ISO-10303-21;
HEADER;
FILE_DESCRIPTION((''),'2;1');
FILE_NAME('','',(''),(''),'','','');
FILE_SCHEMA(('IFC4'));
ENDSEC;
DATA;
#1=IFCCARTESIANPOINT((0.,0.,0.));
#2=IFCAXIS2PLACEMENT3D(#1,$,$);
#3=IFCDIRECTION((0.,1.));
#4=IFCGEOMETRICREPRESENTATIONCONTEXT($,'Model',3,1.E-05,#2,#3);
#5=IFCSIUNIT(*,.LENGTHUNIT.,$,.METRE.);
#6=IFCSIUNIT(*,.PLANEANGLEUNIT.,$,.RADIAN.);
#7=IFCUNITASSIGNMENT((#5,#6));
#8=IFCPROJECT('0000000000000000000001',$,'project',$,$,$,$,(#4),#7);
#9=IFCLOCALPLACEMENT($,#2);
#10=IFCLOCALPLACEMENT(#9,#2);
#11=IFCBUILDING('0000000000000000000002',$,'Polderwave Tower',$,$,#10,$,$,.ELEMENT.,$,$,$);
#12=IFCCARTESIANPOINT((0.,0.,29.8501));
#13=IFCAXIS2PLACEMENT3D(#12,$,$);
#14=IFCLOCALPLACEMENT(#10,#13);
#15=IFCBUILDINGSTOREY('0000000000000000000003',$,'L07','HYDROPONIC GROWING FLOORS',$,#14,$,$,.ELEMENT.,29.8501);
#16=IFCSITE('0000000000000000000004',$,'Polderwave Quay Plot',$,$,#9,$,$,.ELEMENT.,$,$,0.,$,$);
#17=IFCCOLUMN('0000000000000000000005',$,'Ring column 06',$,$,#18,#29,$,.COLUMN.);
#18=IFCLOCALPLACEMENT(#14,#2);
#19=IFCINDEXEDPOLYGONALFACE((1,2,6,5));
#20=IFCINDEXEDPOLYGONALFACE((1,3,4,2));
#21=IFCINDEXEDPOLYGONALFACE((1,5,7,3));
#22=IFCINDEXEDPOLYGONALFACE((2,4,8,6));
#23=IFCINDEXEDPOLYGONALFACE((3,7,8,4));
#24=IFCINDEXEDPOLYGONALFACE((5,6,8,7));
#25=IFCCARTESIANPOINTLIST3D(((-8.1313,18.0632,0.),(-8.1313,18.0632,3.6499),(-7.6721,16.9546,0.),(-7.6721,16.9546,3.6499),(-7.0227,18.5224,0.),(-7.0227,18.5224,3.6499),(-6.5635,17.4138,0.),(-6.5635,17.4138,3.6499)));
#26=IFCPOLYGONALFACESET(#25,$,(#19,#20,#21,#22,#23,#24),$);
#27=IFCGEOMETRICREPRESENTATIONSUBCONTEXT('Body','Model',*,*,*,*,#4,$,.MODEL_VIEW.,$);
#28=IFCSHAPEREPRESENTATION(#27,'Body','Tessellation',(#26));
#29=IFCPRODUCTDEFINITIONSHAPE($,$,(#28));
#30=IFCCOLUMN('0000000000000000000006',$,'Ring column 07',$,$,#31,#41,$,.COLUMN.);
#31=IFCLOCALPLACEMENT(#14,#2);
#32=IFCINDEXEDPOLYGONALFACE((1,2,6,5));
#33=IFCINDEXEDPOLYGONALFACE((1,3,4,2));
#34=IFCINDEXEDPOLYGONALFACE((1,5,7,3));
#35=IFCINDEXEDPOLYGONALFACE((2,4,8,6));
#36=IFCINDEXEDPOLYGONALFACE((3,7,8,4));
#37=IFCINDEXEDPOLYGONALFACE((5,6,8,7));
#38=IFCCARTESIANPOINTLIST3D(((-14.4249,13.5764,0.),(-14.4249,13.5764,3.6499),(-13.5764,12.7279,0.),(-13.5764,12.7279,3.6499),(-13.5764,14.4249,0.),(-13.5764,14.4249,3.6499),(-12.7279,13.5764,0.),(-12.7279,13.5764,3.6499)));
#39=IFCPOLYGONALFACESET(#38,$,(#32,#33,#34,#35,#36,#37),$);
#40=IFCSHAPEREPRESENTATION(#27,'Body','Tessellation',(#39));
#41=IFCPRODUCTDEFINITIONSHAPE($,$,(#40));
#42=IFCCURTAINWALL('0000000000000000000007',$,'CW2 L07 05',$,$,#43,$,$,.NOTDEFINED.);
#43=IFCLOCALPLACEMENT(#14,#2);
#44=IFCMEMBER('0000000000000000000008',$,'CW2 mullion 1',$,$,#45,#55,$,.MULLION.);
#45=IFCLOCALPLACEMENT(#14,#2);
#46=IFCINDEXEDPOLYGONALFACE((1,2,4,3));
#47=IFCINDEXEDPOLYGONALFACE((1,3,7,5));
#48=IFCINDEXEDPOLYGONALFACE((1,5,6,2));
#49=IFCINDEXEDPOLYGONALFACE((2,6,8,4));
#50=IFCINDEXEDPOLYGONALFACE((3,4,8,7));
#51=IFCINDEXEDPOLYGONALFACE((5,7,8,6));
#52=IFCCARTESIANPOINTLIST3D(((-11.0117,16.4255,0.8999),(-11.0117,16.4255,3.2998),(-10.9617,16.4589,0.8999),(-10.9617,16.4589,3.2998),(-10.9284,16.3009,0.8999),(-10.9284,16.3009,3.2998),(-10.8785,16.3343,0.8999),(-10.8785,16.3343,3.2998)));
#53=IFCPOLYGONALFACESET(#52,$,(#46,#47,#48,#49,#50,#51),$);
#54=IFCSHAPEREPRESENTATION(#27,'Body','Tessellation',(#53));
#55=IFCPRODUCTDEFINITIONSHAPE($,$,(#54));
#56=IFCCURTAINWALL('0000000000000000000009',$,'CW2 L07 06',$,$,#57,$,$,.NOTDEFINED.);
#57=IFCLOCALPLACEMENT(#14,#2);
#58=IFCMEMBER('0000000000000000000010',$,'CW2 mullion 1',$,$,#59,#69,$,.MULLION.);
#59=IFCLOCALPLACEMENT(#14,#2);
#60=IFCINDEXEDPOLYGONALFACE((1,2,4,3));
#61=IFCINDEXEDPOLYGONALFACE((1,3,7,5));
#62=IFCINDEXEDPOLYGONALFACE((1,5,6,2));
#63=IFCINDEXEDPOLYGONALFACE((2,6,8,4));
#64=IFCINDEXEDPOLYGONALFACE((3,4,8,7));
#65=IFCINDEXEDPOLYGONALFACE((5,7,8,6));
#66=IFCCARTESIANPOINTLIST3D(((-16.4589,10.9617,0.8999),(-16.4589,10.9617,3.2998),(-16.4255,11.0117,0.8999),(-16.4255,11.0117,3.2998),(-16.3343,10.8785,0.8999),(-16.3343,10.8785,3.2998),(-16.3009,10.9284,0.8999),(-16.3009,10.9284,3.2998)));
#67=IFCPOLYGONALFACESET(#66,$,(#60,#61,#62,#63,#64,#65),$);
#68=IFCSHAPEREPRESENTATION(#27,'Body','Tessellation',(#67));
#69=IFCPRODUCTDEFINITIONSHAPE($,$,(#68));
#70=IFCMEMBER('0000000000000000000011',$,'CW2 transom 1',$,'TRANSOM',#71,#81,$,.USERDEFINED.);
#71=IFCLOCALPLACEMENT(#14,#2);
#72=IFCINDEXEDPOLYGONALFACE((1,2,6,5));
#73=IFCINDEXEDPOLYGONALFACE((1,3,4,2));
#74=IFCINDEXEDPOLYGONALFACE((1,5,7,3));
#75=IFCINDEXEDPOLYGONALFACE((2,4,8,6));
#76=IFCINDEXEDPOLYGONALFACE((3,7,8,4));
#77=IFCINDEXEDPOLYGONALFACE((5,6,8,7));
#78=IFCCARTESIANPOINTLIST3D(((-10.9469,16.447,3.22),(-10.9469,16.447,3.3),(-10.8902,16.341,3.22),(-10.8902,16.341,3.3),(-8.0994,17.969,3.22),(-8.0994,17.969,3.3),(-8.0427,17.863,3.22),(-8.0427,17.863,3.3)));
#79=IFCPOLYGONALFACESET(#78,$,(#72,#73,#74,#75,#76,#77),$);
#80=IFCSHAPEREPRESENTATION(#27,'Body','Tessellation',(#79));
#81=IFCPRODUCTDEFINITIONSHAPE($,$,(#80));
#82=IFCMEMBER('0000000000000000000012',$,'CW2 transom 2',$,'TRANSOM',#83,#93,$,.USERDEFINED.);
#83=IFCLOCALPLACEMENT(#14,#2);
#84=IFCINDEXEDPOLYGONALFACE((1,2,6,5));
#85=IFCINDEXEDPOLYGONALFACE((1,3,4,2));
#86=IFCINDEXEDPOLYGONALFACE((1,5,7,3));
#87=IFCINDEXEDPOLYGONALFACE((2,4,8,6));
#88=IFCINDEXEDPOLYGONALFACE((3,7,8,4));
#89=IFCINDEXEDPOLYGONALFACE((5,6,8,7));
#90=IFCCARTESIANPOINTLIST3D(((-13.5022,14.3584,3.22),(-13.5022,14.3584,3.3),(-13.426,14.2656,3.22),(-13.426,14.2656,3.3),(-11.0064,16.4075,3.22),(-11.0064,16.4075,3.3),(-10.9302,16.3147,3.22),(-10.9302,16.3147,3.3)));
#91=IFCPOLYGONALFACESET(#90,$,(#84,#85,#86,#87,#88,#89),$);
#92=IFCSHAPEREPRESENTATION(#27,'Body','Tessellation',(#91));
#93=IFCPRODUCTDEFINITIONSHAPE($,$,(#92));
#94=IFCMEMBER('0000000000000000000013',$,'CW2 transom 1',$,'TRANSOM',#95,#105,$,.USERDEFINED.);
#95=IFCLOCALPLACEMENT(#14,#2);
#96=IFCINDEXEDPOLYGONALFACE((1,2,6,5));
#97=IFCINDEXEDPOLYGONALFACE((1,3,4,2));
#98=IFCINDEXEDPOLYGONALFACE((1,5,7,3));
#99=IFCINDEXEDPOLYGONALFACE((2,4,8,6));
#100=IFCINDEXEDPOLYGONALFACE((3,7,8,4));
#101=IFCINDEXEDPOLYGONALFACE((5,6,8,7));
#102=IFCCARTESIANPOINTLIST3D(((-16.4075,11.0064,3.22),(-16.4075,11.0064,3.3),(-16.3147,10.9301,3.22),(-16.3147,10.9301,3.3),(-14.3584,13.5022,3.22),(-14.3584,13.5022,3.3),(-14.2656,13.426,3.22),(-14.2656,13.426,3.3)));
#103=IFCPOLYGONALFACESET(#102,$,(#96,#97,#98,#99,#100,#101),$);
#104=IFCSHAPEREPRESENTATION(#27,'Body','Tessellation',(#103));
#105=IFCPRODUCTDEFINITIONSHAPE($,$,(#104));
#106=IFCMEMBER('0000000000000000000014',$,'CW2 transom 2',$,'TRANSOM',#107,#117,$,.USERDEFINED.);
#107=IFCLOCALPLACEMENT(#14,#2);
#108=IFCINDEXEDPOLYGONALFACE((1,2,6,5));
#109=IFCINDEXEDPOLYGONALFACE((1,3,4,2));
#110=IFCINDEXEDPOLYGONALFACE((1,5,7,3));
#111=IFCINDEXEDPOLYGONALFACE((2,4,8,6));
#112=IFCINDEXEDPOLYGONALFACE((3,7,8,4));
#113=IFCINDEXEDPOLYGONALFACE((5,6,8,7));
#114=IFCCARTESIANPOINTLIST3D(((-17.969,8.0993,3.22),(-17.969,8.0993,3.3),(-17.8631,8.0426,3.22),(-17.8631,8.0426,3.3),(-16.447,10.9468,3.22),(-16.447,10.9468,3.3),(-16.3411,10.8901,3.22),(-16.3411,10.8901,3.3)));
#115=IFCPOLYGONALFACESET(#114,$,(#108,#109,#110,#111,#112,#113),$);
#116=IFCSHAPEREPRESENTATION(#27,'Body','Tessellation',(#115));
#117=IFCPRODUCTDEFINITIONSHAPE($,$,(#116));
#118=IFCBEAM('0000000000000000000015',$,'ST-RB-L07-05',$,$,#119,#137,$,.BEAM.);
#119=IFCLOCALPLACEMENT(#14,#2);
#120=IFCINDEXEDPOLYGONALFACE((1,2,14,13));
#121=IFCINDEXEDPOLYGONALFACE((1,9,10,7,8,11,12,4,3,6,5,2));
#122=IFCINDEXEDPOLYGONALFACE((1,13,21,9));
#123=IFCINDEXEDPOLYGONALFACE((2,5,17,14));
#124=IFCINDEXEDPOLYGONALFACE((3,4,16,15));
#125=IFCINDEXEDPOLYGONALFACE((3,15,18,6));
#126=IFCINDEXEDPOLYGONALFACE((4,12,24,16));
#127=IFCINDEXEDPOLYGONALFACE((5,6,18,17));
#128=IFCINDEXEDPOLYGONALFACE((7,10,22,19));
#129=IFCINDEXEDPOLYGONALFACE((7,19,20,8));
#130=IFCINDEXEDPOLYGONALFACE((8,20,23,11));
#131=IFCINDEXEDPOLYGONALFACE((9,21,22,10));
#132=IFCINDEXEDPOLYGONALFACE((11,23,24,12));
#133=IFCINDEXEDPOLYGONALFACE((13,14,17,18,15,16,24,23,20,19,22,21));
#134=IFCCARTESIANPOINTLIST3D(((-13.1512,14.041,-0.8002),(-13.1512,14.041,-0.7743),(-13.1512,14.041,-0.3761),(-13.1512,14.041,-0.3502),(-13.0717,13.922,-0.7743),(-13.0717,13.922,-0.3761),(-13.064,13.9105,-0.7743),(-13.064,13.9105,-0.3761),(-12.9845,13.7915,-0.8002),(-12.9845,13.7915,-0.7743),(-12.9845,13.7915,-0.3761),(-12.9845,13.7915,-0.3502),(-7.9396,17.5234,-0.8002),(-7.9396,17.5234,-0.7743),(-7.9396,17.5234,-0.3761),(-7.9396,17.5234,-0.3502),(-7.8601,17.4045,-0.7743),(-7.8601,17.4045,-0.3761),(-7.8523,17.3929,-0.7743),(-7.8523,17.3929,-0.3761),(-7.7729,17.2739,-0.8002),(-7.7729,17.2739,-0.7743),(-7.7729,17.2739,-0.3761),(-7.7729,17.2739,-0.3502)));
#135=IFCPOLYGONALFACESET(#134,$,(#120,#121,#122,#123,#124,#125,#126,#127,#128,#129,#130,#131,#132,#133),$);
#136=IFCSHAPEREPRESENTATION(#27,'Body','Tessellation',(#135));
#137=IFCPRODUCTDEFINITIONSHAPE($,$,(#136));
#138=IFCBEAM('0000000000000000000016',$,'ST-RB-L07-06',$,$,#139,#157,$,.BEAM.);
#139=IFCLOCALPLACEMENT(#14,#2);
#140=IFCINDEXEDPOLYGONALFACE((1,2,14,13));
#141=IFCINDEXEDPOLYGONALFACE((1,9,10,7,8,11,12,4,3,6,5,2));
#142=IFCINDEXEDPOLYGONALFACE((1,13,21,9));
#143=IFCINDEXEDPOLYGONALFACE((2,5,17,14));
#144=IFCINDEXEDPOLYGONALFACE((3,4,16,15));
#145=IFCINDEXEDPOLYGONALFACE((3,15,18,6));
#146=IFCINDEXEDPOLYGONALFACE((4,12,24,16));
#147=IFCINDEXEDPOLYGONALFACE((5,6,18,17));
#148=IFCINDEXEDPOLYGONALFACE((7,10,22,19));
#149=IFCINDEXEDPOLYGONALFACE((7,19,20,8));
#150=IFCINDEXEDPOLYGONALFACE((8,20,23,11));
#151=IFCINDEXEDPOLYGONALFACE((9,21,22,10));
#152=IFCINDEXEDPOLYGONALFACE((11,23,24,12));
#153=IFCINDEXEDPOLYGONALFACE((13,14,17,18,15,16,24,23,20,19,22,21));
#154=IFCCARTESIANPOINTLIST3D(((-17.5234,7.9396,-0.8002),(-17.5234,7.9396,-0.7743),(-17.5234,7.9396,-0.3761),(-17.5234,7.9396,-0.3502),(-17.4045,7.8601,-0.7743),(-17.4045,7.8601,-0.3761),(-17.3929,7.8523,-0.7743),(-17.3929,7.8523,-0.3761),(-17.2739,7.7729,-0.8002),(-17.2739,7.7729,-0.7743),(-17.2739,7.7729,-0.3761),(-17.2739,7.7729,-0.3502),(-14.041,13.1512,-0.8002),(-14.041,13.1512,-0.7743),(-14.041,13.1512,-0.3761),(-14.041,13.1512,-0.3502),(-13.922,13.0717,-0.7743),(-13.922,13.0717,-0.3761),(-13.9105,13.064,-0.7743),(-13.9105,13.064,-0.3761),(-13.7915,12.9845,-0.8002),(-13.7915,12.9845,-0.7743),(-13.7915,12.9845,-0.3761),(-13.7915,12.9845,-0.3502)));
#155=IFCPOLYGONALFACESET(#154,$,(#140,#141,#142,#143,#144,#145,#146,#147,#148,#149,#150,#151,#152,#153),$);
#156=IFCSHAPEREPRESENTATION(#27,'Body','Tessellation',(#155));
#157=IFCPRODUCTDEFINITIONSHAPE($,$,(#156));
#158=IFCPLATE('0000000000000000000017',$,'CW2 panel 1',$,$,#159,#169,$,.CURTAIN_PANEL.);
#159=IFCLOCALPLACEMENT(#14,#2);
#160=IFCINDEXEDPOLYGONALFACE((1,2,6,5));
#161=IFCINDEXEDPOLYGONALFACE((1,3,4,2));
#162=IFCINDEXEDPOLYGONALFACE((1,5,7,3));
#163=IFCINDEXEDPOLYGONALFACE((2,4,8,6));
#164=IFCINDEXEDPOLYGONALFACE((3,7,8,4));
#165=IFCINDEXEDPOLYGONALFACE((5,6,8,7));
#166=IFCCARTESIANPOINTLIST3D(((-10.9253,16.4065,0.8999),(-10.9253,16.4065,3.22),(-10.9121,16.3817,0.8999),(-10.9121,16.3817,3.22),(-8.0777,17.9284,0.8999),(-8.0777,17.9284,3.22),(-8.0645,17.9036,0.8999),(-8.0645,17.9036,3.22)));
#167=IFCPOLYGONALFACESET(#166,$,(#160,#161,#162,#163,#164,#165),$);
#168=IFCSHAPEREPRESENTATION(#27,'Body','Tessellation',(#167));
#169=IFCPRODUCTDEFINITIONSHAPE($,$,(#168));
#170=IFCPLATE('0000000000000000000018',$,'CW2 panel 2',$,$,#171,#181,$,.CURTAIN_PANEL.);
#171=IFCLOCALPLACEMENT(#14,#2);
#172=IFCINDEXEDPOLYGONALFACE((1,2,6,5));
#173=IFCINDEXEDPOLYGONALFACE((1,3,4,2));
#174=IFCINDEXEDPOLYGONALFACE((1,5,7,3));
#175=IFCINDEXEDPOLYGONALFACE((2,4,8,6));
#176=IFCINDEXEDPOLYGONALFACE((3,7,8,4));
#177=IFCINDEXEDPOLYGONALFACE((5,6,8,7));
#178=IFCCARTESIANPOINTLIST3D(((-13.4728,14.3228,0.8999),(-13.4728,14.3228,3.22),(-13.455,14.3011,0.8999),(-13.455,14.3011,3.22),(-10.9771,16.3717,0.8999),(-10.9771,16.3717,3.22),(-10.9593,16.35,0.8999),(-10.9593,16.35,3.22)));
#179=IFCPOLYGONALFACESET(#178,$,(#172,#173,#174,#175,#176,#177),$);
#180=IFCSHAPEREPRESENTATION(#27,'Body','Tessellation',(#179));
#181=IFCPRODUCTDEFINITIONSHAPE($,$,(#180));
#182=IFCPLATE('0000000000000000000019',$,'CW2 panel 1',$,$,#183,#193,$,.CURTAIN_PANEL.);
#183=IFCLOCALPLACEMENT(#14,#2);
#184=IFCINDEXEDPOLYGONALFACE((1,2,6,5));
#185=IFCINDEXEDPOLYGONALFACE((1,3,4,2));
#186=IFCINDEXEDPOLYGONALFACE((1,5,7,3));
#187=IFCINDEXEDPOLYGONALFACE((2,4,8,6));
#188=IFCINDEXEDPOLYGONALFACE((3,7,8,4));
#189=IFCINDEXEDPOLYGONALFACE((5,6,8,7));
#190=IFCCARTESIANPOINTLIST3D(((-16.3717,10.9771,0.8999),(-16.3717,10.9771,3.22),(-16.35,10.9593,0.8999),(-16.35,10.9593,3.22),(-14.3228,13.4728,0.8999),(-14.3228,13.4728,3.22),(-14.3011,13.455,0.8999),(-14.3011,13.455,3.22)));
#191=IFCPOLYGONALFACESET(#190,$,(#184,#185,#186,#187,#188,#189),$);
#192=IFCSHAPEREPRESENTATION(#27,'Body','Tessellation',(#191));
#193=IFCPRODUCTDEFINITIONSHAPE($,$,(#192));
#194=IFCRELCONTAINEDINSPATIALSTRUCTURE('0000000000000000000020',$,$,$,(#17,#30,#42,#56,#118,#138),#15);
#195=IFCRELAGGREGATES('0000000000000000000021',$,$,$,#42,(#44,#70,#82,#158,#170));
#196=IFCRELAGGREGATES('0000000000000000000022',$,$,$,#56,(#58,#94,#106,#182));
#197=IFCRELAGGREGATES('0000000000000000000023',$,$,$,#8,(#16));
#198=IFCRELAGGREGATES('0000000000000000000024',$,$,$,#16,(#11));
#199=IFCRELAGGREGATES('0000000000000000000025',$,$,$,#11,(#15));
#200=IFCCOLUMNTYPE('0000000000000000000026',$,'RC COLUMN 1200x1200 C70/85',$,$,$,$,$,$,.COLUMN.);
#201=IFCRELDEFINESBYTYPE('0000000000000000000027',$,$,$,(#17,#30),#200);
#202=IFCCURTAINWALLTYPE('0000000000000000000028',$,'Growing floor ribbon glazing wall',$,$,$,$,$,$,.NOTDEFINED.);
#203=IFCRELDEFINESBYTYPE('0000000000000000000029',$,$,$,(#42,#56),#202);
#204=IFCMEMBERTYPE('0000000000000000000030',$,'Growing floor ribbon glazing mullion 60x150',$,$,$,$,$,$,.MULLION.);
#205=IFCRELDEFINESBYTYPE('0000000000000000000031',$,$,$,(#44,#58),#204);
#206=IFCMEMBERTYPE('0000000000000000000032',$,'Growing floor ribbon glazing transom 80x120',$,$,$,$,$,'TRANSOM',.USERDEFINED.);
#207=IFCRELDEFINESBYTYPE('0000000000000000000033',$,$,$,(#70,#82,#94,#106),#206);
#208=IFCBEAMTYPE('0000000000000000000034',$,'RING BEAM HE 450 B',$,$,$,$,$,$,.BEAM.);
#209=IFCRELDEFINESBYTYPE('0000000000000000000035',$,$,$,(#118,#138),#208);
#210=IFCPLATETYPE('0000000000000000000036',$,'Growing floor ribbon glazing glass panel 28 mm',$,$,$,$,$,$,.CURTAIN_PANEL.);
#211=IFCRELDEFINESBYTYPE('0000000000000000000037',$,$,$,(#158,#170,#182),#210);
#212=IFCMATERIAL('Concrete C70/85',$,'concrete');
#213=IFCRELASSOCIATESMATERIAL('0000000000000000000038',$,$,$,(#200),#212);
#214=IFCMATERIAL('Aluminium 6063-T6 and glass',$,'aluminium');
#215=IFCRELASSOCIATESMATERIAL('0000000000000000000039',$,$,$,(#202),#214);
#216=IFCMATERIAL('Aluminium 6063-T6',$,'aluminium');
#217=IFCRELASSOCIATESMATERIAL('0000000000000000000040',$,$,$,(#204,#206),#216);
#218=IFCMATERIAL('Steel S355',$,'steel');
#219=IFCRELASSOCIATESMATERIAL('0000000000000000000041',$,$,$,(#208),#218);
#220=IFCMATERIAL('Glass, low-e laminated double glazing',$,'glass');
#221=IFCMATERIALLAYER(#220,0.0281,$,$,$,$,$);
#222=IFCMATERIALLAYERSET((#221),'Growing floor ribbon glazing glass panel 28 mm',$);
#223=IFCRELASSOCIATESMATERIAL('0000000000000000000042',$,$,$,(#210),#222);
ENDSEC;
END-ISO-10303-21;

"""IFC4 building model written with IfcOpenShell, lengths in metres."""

from ifc_helpers import new_model, si_unit, direction, frame, origin, origin_2d, place, context, subcontext, project, spatial, rectangle, i_section, extrude, material, layer, layer_set, material_profile, profile_set, type_object, element, aggregate, save


model = new_model("IFC4")

# Units and contexts
model_context = context("Model", 3, precision=1e-05, world=origin(), true_north=direction((0.0, 1.0)))
body_context = subcontext(model_context, "Body", "Model", "MODEL_VIEW")
ifc_project = project(units=[si_unit("LENGTHUNIT", "METRE"), si_unit("PLANEANGLEUNIT", "RADIAN")], contexts=[model_context])

# Site, building, storey
site_placement = place(None, origin())
site = spatial("IfcSite", under=ifc_project, at=site_placement, Name="Polderwave Quay Plot", CompositionType="ELEMENT", RefElevation=0.0)
building_placement = place(site_placement, origin())
building = spatial("IfcBuilding", under=site, at=building_placement, Name="Polderwave Tower", CompositionType="ELEMENT")
storey_placement = place(building_placement, frame((0.0, 0.0, 29.8501)))
storey = spatial("IfcBuildingStorey", under=building, at=storey_placement, Name="L07", Description="HYDROPONIC GROWING FLOORS", CompositionType="ELEMENT", Elevation=29.8501)

# Columns
ifc_material_1 = material(Name="Concrete C70/85", Category="concrete")
ifc_material_profile_1 = material_profile(ifc_material_1, rectangle(XDim=1.2, YDim=1.2, at=origin_2d()), Name="RC 1200x1200")
ifc_profile_set_1 = profile_set([ifc_material_profile_1], Name="Concrete C70/85")
column_type = type_object("IfcColumnType", Name="RC COLUMN 1200x1200 C70/85", PredefinedType="COLUMN", material=ifc_profile_set_1)
for number, where, z_axis, x_axis, name in (
    (1, (-7.3474, 17.7385, 0.0), (0.0, 0.0, 1.0), (-0.382683, 0.92388, 0.0), "Ring column 06"),
    (2, (-13.5764, 13.5764, 0.0), (0.0, 0.0, 1.0), (-0.707107, 0.707107, 0.0), "Ring column 07"),
):
    element("IfcColumn", number, at=place(storey_placement, frame(where, z_axis=z_axis, x_axis=x_axis)), inside=storey, type_object=column_type, Name=name, PredefinedType="COLUMN", context=body_context, shape_type="SweptSolid", body=[
        extrude(rectangle(XDim=1.2, YDim=1.2, at=origin_2d()), origin(), (0.0, 0.0, 1.0), 3.6499),
    ])

# Curtain walls, members
ifc_material_2 = material(Name="Aluminium 6063-T6 and glass", Category="aluminium")
curtain_wall_type = type_object("IfcCurtainWallType", Name="Growing floor ribbon glazing wall", PredefinedType="NOTDEFINED", material=ifc_material_2)
curtain_wall_1_placement = place(storey_placement, origin())
curtain_wall_1 = element("IfcCurtainWall", 3, at=curtain_wall_1_placement, inside=storey, type_object=curtain_wall_type, Name="CW2 L07 05", PredefinedType="NOTDEFINED")
ifc_material_3 = material(Name="Aluminium 6063-T6", Category="aluminium")
ifc_material_profile_2 = material_profile(ifc_material_3, rectangle(XDim=0.1499, YDim=0.0601, at=origin_2d()), Name="AL 60x150")
ifc_profile_set_2 = profile_set([ifc_material_profile_2], Name="Aluminium 6063-T6")
member_type_1 = type_object("IfcMemberType", Name="Growing floor ribbon glazing mullion 60x150", PredefinedType="MULLION", material=ifc_profile_set_2)
member_1_placement = place(storey_placement, frame((-10.9451, 16.3799, 0.8999), z_axis=(0.0, 0.0, 1.0), x_axis=(0.55562, -0.831437, 0.0)))
member_1 = element("IfcMember", 4, at=member_1_placement, type_object=member_type_1, Name="CW2 mullion 1", PredefinedType="MULLION", context=body_context, shape_type="SweptSolid", body=[
    extrude(rectangle(XDim=0.1499, YDim=0.0601, at=origin_2d()), origin(), (0.0, 0.0, 1.0), 2.3999),
])
curtain_wall_2_placement = place(storey_placement, origin())
curtain_wall_2 = element("IfcCurtainWall", 5, at=curtain_wall_2_placement, inside=storey, type_object=curtain_wall_type, Name="CW2 L07 06", PredefinedType="NOTDEFINED")
member_2_placement = place(storey_placement, frame((-16.3799, 10.9451, 0.8999), z_axis=(0.0, 0.0, 1.0), x_axis=(0.831437, -0.55562, 0.0)))
member_2 = element("IfcMember", 6, at=member_2_placement, type_object=member_type_1, Name="CW2 mullion 1", PredefinedType="MULLION", context=body_context, shape_type="SweptSolid", body=[
    extrude(rectangle(XDim=0.1499, YDim=0.0601, at=origin_2d()), origin(), (0.0, 0.0, 1.0), 2.3999),
])

# Members
ifc_material_profile_3 = material_profile(ifc_material_3, rectangle(XDim=0.1201, YDim=0.0801, at=origin_2d()), Name="AL 80x120")
ifc_profile_set_3 = profile_set([ifc_material_profile_3], Name="Aluminium 6063-T6")
member_type_2 = type_object("IfcMemberType", Name="Growing floor ribbon glazing transom 80x120", ElementType="TRANSOM", PredefinedType="USERDEFINED", material=ifc_profile_set_3)
member_3_placement = place(storey_placement, frame((-8.071, 17.916, 3.26), z_axis=(-0.881921, -0.471397, 0.0), x_axis=(0.471397, -0.881921, 0.0)))
member_3 = element("IfcMember", 7, at=member_3_placement, type_object=member_type_2, Name="CW2 transom 1", ObjectType="TRANSOM", PredefinedType="USERDEFINED", context=body_context, shape_type="SweptSolid", body=[
    extrude(rectangle(XDim=0.1201, YDim=0.0801, at=origin_2d()), origin(), (0.0, 0.0, 1.0), 3.2288),
])
member_4_placement = place(storey_placement, frame((-10.9683, 16.3611, 3.26), z_axis=(-0.772892, -0.634538, 0.0), x_axis=(0.634538, -0.772892, 0.0)))
member_4 = element("IfcMember", 8, at=member_4_placement, type_object=member_type_2, Name="CW2 transom 2", ObjectType="TRANSOM", PredefinedType="USERDEFINED", context=body_context, shape_type="SweptSolid", body=[
    extrude(rectangle(XDim=0.1201, YDim=0.0801, at=origin_2d()), origin(), (0.0, 0.0, 1.0), 3.2292),
])
member_5_placement = place(storey_placement, frame((-14.312, 13.4641, 3.26), z_axis=(-0.634538, -0.772892, 0.0), x_axis=(0.772892, -0.634538, 0.0)))
member_5 = element("IfcMember", 9, at=member_5_placement, type_object=member_type_2, Name="CW2 transom 1", ObjectType="TRANSOM", PredefinedType="USERDEFINED", context=body_context, shape_type="SweptSolid", body=[
    extrude(rectangle(XDim=0.1201, YDim=0.0801, at=origin_2d()), origin(), (0.0, 0.0, 1.0), 3.2292),
])
member_6_placement = place(storey_placement, frame((-16.394, 10.9185, 3.26), z_axis=(-0.471397, -0.881921, 0.0), x_axis=(0.881921, -0.471397, 0.0)))
member_6 = element("IfcMember", 10, at=member_6_placement, type_object=member_type_2, Name="CW2 transom 2", ObjectType="TRANSOM", PredefinedType="USERDEFINED", context=body_context, shape_type="SweptSolid", body=[
    extrude(rectangle(XDim=0.1201, YDim=0.0801, at=origin_2d()), origin(), (0.0, 0.0, 1.0), 3.2288),
])

# Beams
ifc_material_4 = material(Name="Steel S355", Category="steel")
ifc_material_profile_4 = material_profile(ifc_material_4, i_section(OverallWidth=0.3, OverallDepth=0.45, WebThickness=0.0139, FlangeThickness=0.0259, at=origin_2d()), Name="HE 450 B")
ifc_profile_set_4 = profile_set([ifc_material_profile_4], Name="Steel S355")
beam_type = type_object("IfcBeamType", Name="RING BEAM HE 450 B", PredefinedType="BEAM", material=ifc_profile_set_4)
for number, where, z_axis, x_axis, name in (
    (11, (-7.8562, 17.3987, -0.5752), (-0.831463, -0.555581, 0.0), (0.555581, -0.831463, 0.0), "ST-RB-L07-05"),
    (12, (-13.9163, 13.0679, -0.5752), (-0.555581, -0.831463, 0.0), (0.831463, -0.555581, 0.0), "ST-RB-L07-06"),
):
    element("IfcBeam", number, at=place(storey_placement, frame(where, z_axis=z_axis, x_axis=x_axis)), inside=storey, type_object=beam_type, Name=name, PredefinedType="BEAM", context=body_context, shape_type="SweptSolid", body=[
        extrude(i_section(OverallWidth=0.3, OverallDepth=0.45, WebThickness=0.0139, FlangeThickness=0.0259, at=origin_2d()), origin(), (0.0, 0.0, 1.0), 6.2681),
    ])

# Plates
ifc_material_5 = material(Name="Glass, low-e laminated double glazing", Category="glass")
ifc_layer_1 = layer(ifc_material_5, 0.0281)
ifc_layer_set_1 = layer_set([ifc_layer_1], Name="Growing floor ribbon glazing glass panel 28 mm")
plate_type = type_object("IfcPlateType", Name="Growing floor ribbon glazing glass panel 28 mm", PredefinedType="CURTAIN_PANEL", material=ifc_layer_set_1)
plate_1_placement = place(storey_placement, frame((-9.4949, 17.155, 0.8999), z_axis=(0.0, 0.0, 1.0), x_axis=(-0.881945, -0.471352, 0.0)))
plate_1 = element("IfcPlate", 13, at=plate_1_placement, type_object=plate_type, Name="CW2 panel 1", PredefinedType="CURTAIN_PANEL", context=body_context, shape_type="SweptSolid", body=[
    extrude(rectangle(XDim=3.2288, YDim=0.0281, at=origin_2d()), origin(), (0.0, 0.0, 1.0), 2.3201),
])
plate_2_placement = place(storey_placement, frame((-12.2161, 15.3364, 0.8999), z_axis=(0.0, 0.0, 1.0), x_axis=(-0.772903, -0.634524, 0.0)))
plate_2 = element("IfcPlate", 14, at=plate_2_placement, type_object=plate_type, Name="CW2 panel 2", PredefinedType="CURTAIN_PANEL", context=body_context, shape_type="SweptSolid", body=[
    extrude(rectangle(XDim=3.229, YDim=0.0281, at=origin_2d()), origin(), (0.0, 0.0, 1.0), 2.3201),
])
aggregate(curtain_wall_1, [member_1, member_3, member_4, plate_1, plate_2])
plate_3_placement = place(storey_placement, frame((-15.3364, 12.2161, 0.8999), z_axis=(0.0, 0.0, 1.0), x_axis=(-0.634524, -0.772903, 0.0)))
plate_3 = element("IfcPlate", 15, at=plate_3_placement, type_object=plate_type, Name="CW2 panel 1", PredefinedType="CURTAIN_PANEL", context=body_context, shape_type="SweptSolid", body=[
    extrude(rectangle(XDim=3.229, YDim=0.0281, at=origin_2d()), origin(), (0.0, 0.0, 1.0), 2.3201),
])
aggregate(curtain_wall_2, [member_2, member_5, member_6, plate_3])

save(model, "model.ifc")
